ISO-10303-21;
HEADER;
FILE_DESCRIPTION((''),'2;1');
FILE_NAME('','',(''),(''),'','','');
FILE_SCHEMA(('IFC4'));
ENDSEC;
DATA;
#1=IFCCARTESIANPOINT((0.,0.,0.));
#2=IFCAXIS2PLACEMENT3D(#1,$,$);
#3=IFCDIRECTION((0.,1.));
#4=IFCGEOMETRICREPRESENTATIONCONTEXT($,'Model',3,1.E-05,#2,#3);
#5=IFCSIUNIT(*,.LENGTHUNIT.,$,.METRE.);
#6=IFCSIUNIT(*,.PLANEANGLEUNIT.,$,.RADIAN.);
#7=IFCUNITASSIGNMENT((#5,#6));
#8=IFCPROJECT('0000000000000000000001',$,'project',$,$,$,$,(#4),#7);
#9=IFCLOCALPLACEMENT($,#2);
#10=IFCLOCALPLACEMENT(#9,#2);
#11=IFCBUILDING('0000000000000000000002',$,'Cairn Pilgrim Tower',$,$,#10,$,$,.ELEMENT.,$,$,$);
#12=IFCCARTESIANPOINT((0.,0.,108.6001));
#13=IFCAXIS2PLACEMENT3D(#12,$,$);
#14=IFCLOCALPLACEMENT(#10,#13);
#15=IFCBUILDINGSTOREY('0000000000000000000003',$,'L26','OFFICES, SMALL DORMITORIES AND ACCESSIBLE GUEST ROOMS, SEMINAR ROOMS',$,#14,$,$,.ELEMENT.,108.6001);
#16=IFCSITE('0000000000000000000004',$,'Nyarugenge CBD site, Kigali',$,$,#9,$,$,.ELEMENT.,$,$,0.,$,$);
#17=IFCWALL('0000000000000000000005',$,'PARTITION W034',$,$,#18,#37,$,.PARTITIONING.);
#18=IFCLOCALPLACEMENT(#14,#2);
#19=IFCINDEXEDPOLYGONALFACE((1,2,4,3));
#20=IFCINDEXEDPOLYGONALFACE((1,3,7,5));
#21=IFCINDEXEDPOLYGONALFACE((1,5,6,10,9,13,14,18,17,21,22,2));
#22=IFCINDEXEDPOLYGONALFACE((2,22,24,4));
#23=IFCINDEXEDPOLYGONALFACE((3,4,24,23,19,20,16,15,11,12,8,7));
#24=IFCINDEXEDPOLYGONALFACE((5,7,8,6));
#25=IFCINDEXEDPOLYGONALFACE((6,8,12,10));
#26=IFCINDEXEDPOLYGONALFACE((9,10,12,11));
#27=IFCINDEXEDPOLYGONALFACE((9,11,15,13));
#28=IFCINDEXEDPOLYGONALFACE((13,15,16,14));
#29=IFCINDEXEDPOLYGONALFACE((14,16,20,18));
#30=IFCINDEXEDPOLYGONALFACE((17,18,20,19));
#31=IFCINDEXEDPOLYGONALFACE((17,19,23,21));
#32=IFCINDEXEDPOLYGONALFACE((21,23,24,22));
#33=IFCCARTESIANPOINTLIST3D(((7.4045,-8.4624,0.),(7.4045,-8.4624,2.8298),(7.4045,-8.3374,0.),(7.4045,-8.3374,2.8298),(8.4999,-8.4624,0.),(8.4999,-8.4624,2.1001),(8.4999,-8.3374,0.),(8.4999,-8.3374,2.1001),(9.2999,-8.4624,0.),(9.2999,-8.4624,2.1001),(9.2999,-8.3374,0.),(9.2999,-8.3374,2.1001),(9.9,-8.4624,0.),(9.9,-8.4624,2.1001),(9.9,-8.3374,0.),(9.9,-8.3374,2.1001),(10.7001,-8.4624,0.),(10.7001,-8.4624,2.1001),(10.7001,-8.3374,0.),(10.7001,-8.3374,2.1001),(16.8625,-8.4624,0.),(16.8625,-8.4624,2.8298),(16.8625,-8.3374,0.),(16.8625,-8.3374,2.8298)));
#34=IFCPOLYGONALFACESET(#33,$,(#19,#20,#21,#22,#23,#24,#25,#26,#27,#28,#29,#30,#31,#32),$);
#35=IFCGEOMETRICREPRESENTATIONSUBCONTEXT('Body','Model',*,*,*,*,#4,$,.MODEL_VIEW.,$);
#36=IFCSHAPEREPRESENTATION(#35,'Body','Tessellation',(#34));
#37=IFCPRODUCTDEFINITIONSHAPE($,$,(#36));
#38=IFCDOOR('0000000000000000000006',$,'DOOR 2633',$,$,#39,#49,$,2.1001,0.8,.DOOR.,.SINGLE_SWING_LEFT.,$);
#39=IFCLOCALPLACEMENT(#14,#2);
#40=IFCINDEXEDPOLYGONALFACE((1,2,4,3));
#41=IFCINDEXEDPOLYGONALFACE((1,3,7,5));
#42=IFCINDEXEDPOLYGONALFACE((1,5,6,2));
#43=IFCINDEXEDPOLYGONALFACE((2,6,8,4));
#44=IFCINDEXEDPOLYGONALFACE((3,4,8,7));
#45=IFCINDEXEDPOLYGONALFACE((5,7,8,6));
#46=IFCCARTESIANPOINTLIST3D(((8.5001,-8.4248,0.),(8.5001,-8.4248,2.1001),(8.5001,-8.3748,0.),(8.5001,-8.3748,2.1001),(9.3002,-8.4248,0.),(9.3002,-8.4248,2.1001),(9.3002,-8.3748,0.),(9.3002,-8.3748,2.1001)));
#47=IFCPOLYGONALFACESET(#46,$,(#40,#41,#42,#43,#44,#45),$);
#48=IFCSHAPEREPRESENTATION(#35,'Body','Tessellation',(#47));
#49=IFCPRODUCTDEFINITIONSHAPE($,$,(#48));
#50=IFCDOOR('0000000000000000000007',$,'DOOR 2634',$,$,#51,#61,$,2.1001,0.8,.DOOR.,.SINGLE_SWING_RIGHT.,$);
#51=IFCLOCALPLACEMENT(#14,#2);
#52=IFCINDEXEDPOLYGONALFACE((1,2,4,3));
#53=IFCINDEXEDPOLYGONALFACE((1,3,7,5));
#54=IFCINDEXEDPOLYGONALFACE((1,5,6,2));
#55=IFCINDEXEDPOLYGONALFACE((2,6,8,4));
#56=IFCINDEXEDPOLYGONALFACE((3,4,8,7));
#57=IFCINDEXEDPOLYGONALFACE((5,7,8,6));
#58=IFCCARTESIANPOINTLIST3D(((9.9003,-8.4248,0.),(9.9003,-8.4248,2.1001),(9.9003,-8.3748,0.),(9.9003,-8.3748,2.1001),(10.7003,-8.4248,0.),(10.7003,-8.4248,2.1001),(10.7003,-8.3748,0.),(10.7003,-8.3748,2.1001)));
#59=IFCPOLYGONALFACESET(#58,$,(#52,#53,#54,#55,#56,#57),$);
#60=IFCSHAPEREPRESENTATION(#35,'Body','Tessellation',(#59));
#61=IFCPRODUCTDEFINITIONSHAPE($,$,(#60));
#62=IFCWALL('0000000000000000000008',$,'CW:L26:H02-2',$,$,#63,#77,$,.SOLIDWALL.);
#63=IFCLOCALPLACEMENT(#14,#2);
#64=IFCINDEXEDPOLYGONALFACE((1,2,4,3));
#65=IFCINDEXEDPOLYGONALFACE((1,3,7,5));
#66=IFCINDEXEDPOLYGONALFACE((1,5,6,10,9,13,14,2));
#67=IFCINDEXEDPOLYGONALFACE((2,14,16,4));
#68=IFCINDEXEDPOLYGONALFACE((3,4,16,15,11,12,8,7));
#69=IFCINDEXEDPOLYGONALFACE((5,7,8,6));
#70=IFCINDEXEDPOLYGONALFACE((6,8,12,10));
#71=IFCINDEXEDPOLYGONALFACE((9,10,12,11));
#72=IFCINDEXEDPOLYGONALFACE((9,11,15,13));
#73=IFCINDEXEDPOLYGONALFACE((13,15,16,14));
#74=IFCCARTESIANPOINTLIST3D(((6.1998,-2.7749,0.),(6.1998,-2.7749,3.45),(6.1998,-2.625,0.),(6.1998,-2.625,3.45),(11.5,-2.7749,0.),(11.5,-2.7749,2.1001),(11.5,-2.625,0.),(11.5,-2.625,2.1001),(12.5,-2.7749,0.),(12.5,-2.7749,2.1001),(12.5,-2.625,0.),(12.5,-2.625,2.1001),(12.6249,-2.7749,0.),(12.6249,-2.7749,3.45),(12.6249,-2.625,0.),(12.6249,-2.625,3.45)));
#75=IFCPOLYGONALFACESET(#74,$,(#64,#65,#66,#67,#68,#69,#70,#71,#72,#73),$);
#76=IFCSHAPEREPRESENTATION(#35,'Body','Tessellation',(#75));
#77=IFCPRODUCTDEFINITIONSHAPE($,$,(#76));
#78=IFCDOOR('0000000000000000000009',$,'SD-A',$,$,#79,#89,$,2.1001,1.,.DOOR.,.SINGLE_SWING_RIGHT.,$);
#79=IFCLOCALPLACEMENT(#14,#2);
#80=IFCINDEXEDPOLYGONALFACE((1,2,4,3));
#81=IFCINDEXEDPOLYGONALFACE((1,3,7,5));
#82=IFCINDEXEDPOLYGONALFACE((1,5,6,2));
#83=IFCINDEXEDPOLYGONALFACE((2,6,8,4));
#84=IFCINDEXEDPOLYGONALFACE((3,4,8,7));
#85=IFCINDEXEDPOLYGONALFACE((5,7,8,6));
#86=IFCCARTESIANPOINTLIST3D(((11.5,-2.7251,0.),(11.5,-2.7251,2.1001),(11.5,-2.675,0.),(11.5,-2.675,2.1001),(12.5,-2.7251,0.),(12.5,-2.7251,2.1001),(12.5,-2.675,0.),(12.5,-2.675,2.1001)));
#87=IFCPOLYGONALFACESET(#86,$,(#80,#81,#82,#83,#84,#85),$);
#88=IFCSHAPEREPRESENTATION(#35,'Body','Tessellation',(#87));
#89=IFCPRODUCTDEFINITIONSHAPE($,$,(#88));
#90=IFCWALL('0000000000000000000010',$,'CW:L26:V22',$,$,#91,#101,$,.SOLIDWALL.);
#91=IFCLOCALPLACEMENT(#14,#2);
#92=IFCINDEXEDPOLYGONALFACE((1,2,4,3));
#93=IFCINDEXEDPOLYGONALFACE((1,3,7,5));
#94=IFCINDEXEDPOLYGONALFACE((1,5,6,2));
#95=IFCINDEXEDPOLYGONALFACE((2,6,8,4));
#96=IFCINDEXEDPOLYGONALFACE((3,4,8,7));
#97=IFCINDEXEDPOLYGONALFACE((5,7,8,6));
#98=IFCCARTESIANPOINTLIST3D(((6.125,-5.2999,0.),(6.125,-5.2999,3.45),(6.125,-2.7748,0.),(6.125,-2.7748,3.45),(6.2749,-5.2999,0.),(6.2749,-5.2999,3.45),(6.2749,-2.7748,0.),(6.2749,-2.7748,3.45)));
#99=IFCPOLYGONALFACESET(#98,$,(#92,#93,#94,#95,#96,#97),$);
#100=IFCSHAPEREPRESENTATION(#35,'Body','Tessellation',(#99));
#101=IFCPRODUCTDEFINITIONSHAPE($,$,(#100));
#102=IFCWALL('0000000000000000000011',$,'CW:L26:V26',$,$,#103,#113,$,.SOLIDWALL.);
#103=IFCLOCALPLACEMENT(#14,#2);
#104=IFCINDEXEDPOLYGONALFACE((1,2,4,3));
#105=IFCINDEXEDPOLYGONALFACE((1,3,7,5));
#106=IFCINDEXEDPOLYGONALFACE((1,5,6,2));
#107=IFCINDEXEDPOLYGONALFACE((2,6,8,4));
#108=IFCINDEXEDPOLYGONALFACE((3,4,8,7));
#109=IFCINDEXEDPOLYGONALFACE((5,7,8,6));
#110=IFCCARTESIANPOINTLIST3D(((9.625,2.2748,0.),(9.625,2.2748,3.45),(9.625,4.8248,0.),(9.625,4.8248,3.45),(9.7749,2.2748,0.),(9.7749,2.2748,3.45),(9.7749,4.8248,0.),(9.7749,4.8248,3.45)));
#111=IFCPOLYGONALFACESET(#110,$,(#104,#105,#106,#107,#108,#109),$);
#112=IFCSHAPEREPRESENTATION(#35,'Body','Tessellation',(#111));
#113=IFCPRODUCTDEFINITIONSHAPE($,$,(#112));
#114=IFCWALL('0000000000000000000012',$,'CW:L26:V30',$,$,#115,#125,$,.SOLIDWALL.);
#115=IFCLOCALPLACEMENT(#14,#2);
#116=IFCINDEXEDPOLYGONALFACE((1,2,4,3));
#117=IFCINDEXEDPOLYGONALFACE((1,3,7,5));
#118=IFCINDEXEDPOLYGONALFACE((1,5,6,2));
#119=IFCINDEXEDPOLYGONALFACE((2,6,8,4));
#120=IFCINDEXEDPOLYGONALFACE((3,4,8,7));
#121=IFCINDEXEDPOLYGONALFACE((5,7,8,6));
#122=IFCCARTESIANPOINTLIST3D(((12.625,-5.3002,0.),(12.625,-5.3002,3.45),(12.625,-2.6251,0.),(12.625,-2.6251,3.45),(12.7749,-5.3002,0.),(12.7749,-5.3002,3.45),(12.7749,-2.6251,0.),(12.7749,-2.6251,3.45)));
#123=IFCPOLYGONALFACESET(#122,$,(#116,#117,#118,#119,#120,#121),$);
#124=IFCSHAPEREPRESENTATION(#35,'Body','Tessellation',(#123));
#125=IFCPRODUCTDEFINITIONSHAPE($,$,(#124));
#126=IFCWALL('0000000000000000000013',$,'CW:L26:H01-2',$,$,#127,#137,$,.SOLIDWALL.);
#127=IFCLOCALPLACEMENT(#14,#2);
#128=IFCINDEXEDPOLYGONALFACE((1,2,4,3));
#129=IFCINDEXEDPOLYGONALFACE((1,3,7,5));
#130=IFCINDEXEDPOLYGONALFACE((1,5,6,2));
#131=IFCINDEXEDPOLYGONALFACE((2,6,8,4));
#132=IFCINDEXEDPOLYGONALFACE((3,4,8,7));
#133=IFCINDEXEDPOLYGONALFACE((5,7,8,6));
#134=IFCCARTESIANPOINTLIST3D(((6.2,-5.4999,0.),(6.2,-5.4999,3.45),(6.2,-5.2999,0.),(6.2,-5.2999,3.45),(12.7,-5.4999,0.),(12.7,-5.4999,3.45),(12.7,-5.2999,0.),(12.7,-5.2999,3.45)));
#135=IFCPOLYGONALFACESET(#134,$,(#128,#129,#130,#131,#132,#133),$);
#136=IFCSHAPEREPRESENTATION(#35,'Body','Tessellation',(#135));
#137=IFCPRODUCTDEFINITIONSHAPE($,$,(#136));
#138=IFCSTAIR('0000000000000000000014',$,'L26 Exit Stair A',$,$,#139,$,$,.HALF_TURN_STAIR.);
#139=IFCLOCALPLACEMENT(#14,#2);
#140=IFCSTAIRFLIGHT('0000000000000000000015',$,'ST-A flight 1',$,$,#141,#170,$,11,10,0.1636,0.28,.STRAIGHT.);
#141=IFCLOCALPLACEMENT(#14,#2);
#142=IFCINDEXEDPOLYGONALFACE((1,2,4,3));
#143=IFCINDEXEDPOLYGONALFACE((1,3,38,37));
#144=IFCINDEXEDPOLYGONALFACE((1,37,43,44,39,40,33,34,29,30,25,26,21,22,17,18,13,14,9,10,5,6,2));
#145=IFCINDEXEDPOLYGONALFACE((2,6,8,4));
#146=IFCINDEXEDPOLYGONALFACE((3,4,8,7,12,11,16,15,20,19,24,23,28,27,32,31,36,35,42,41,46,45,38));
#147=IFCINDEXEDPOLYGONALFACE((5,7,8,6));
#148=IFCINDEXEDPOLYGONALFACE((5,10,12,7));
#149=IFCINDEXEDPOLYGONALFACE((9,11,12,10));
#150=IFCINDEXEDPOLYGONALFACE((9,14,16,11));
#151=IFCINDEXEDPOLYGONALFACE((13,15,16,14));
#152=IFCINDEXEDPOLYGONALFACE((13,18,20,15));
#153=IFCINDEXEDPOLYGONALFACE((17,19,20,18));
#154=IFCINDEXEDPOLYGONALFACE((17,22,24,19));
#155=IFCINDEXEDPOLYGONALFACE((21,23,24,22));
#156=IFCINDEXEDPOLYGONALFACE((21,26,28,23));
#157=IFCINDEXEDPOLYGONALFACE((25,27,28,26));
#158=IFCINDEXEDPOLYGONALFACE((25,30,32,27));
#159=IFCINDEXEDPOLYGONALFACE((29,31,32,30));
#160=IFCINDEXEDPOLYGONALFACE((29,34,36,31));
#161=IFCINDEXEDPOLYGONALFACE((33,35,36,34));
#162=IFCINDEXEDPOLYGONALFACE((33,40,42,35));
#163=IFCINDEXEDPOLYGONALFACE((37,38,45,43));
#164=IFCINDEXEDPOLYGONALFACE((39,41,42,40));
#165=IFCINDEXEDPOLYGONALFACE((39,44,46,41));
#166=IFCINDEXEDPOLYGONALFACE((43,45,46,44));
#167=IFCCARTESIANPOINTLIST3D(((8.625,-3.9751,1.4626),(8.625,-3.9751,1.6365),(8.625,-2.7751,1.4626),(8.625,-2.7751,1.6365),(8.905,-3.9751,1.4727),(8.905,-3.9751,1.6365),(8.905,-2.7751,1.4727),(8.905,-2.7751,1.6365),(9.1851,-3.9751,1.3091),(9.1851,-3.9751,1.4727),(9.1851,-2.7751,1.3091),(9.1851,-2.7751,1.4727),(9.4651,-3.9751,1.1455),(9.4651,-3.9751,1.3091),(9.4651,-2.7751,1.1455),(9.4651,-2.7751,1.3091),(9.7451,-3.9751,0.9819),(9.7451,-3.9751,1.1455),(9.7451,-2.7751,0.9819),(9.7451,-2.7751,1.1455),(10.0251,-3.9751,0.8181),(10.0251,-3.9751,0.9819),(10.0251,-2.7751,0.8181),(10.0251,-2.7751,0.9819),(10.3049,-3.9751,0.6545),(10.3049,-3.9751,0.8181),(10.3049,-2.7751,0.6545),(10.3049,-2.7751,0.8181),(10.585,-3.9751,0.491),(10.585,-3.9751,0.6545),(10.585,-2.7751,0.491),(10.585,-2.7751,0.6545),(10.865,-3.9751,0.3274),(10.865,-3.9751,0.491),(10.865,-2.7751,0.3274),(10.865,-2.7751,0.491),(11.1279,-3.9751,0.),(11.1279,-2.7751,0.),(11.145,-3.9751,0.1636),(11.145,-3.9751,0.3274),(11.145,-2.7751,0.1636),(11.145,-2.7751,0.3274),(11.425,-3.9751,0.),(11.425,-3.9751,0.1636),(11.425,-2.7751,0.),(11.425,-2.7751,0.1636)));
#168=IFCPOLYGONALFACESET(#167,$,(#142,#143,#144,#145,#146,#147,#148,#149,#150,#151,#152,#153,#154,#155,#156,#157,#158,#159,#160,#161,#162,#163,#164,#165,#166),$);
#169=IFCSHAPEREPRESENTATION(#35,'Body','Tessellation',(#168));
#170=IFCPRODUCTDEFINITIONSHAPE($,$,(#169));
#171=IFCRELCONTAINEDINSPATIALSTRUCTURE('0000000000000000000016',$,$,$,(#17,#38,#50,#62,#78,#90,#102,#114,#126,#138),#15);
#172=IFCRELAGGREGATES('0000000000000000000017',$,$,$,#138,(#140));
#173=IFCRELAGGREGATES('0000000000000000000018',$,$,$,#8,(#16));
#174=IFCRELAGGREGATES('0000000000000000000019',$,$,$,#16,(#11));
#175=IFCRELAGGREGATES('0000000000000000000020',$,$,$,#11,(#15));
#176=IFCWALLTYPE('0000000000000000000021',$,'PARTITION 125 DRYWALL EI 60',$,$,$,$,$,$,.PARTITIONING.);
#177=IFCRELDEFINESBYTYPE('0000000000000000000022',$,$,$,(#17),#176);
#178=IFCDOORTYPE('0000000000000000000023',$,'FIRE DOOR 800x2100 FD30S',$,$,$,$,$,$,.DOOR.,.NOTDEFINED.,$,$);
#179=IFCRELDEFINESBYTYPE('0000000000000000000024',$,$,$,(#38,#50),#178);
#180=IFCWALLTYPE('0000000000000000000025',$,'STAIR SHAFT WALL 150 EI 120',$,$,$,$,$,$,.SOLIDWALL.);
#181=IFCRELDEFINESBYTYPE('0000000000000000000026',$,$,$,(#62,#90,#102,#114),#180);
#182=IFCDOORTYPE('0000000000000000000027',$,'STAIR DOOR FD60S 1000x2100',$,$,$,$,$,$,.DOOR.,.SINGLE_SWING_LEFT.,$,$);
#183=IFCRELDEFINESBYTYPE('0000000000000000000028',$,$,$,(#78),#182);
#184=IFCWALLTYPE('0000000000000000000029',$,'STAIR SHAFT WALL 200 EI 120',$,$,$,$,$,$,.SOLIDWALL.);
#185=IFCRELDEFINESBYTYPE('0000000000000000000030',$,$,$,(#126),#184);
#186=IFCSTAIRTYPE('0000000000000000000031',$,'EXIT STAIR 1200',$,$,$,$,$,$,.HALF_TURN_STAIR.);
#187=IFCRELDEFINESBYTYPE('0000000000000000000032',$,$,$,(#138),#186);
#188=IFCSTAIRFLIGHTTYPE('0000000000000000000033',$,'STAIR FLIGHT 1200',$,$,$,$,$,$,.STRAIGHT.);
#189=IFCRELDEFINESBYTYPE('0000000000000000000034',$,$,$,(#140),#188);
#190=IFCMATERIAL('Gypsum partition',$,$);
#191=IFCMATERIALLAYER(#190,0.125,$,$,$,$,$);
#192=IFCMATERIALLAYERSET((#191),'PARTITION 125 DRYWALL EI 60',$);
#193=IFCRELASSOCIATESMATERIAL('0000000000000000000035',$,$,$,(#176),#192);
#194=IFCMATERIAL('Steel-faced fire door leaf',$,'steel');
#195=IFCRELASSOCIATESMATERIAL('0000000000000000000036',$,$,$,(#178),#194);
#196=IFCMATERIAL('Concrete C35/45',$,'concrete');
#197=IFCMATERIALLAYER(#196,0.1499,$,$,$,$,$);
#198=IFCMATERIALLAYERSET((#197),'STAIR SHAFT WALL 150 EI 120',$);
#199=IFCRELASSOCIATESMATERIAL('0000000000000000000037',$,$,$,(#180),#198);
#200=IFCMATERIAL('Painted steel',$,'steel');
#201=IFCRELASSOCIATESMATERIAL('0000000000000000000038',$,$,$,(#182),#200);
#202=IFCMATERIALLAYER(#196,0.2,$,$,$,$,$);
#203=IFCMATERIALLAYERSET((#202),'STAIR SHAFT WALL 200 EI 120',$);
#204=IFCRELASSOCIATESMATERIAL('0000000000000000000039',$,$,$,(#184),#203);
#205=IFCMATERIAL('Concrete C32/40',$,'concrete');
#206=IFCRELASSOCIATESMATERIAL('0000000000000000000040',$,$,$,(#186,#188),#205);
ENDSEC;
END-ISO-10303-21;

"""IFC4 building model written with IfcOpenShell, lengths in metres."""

from ifc_helpers import new_model, si_unit, direction, frame, frame_2d, origin, place, context, subcontext, project, spatial, polyline, rectangle, outline, extrude, material, layer, layer_set, type_object, element, fill, aggregate, save


model = new_model("IFC4")

# Units and contexts
model_context = context("Model", 3, precision=1e-05, world=origin(), true_north=direction((0.0, 1.0)))
body_context = subcontext(model_context, "Body", "Model", "MODEL_VIEW")
ifc_project = project(units=[si_unit("LENGTHUNIT", "METRE"), si_unit("PLANEANGLEUNIT", "RADIAN")], contexts=[model_context])

# Site, building, storey
site_placement = place(None, origin())
site = spatial("IfcSite", under=ifc_project, at=site_placement, Name="Nyarugenge CBD site, Kigali", CompositionType="ELEMENT", RefElevation=0.0)
building_placement = place(site_placement, origin())
building = spatial("IfcBuilding", under=site, at=building_placement, Name="Cairn Pilgrim Tower", CompositionType="ELEMENT")
storey_placement = place(building_placement, frame((0.0, 0.0, 108.6001)))
storey = spatial("IfcBuildingStorey", under=building, at=storey_placement, Name="L26", Description="OFFICES, SMALL DORMITORIES AND ACCESSIBLE GUEST ROOMS, SEMINAR ROOMS", CompositionType="ELEMENT", Elevation=108.6001)

# Shared definitions
ifc_material_1 = material(Name="Concrete C32/40", Category="concrete")

# Shared definitions
ifc_material_2 = material(Name="Painted steel", Category="steel")

# Wall, openings, doors
ifc_material_3 = material(Name="Gypsum partition")
ifc_layer_1 = layer(ifc_material_3, 0.125)
ifc_layer_set_1 = layer_set([ifc_layer_1], Name="PARTITION 125 DRYWALL EI 60")
wall_type_1 = type_object("IfcWallType", Name="PARTITION 125 DRYWALL EI 60", PredefinedType="PARTITIONING", material=ifc_layer_set_1)
wall_1_placement = place(storey_placement, frame((7.4045, -8.3999, 0.0), z_axis=(0.0, 0.0, 1.0), x_axis=(1.0, 0.0, 0.0)))
wall_1 = element("IfcWall", 1, at=wall_1_placement, inside=storey, type_object=wall_type_1, Name="PARTITION W034", PredefinedType="PARTITIONING", context=body_context, shape_type="SweptSolid", body=[
    extrude(rectangle(XDim=9.458, YDim=0.125, at=frame_2d((4.729, 0.0))), origin(), (0.0, 0.0, 1.0), 2.8298),
])
opening_1_placement = place(wall_1_placement, frame((1.0955, 0.0, 0.0)))
opening_1 = element("IfcOpeningElement", 2, at=opening_1_placement, cuts=wall_1, PredefinedType="OPENING", context=body_context, shape_type="SweptSolid", body=[
    extrude(rectangle(XDim=0.8, YDim=2.1001, at=frame_2d((0.3999, 1.05))), frame((0.0, 0.0725, 0.0), z_axis=(0.0, -1.0, 0.0), x_axis=(1.0, 0.0, 0.0)), (0.0, 0.0, 1.0), 0.145),
])
opening_2_placement = place(wall_1_placement, frame((2.4956, 0.0, 0.0)))
opening_2 = element("IfcOpeningElement", 3, at=opening_2_placement, cuts=wall_1, PredefinedType="OPENING", context=body_context, shape_type="SweptSolid", body=[
    extrude(rectangle(XDim=0.8, YDim=2.1001, at=frame_2d((0.3999, 1.05))), frame((0.0, 0.0725, 0.0), z_axis=(0.0, -1.0, 0.0), x_axis=(1.0, 0.0, 0.0)), (0.0, 0.0, 1.0), 0.145),
])
ifc_material_4 = material(Name="Steel-faced fire door leaf", Category="steel")
door_type_1 = type_object("IfcDoorType", Name="FIRE DOOR 800x2100 FD30S", OperationType="NOTDEFINED", PredefinedType="DOOR", material=ifc_material_4)
door_1_placement = place(opening_1_placement, frame((0.8, 0.0, 0.0), z_axis=(0.0, 0.0, 1.0), x_axis=(-1.0, 0.0, 0.0)))
door_1 = element("IfcDoor", 4, at=door_1_placement, inside=storey, type_object=door_type_1, Name="DOOR 2633", OperationType="SINGLE_SWING_LEFT", OverallHeight=2.1001, OverallWidth=0.8, PredefinedType="DOOR", context=body_context, shape_type="SweptSolid", body=[
    extrude(rectangle(XDim=0.8, YDim=2.1001, at=frame_2d((0.3999, 1.05))), frame((0.0, 0.0249, 0.0), z_axis=(0.0, -1.0, 0.0), x_axis=(1.0, 0.0, 0.0)), (0.0, 0.0, 1.0), 0.05),
])
fill(opening_1, door_1)
door_2_placement = place(opening_2_placement, frame((0.8, 0.0, 0.0), z_axis=(0.0, 0.0, 1.0), x_axis=(-1.0, 0.0, 0.0)))
door_2 = element("IfcDoor", 5, at=door_2_placement, inside=storey, type_object=door_type_1, Name="DOOR 2634", OperationType="SINGLE_SWING_RIGHT", OverallHeight=2.1001, OverallWidth=0.8, PredefinedType="DOOR", context=body_context, shape_type="SweptSolid", body=[
    extrude(rectangle(XDim=0.8, YDim=2.1001, at=frame_2d((0.3999, 1.05))), frame((0.0, 0.0249, 0.0), z_axis=(0.0, -1.0, 0.0), x_axis=(1.0, 0.0, 0.0)), (0.0, 0.0, 1.0), 0.05),
])
fill(opening_2, door_2)

# Wall, opening, door
ifc_material_5 = material(Name="Concrete C35/45", Category="concrete")
ifc_layer_2 = layer(ifc_material_5, 0.1499)
ifc_layer_set_2 = layer_set([ifc_layer_2], Name="STAIR SHAFT WALL 150 EI 120")
wall_type_2 = type_object("IfcWallType", Name="STAIR SHAFT WALL 150 EI 120", PredefinedType="SOLIDWALL", material=ifc_layer_set_2)
wall_2_placement = place(storey_placement, frame((6.2, -2.7, 0.0), z_axis=(0.0, 0.0, 1.0), x_axis=(1.0, 0.0, 0.0)))
wall_2 = element("IfcWall", 6, at=wall_2_placement, inside=storey, type_object=wall_type_2, Name="CW:L26:H02-2", PredefinedType="SOLIDWALL", context=body_context, shape_type="SweptSolid", body=[
    extrude(rectangle(XDim=6.425, YDim=0.1499, at=frame_2d((3.2124, 0.0))), origin(), (0.0, 0.0, 1.0), 3.45),
])
opening_3_placement = place(wall_2_placement, frame((5.3, 0.0, 0.0)))
opening_3 = element("IfcOpeningElement", 7, at=opening_3_placement, cuts=wall_2, PredefinedType="OPENING", context=body_context, shape_type="SweptSolid", body=[
    extrude(rectangle(XDim=1.0, YDim=2.1001, at=frame_2d((0.5, 1.05))), frame((0.0, 0.085, 0.0), z_axis=(0.0, -1.0, 0.0), x_axis=(1.0, 0.0, 0.0)), (0.0, 0.0, 1.0), 0.1699),
])
door_type_2 = type_object("IfcDoorType", Name="STAIR DOOR FD60S 1000x2100", OperationType="SINGLE_SWING_LEFT", PredefinedType="DOOR", material=ifc_material_2)
door_3_placement = place(opening_3_placement, origin())
door_3 = element("IfcDoor", 8, at=door_3_placement, inside=storey, type_object=door_type_2, Name="SD-A", OperationType="SINGLE_SWING_RIGHT", OverallHeight=2.1001, OverallWidth=1.0, PredefinedType="DOOR", context=body_context, shape_type="SweptSolid", body=[
    extrude(rectangle(XDim=1.0, YDim=2.1001, at=frame_2d((0.5, 1.05))), frame((0.0, 0.0249, 0.0), z_axis=(0.0, -1.0, 0.0), x_axis=(1.0, 0.0, 0.0)), (0.0, 0.0, 1.0), 0.05),
])
fill(opening_3, door_3)

# Walls
wall_3_placement = place(storey_placement, frame((6.2, -5.3, 0.0), z_axis=(0.0, 0.0, 1.0), x_axis=(0.0, 1.0, 0.0)))
element("IfcWall", 9, at=wall_3_placement, inside=storey, type_object=wall_type_2, Name="CW:L26:V22", PredefinedType="SOLIDWALL", context=body_context, shape_type="SweptSolid", body=[
    extrude(rectangle(XDim=2.5251, YDim=0.1499, at=frame_2d((1.2627, 0.0))), origin(), (0.0, 0.0, 1.0), 3.45),
])
wall_4_placement = place(storey_placement, frame((9.7, 2.2749, 0.0), z_axis=(0.0, 0.0, 1.0), x_axis=(0.0, 1.0, 0.0)))
element("IfcWall", 10, at=wall_4_placement, inside=storey, type_object=wall_type_2, Name="CW:L26:V26", PredefinedType="SOLIDWALL", context=body_context, shape_type="SweptSolid", body=[
    extrude(rectangle(XDim=2.55, YDim=0.1499, at=frame_2d((1.2749, 0.0))), origin(), (0.0, 0.0, 1.0), 3.45),
])
wall_5_placement = place(storey_placement, frame((12.7, -5.3, 0.0), z_axis=(0.0, 0.0, 1.0), x_axis=(0.0, 1.0, 0.0)))
element("IfcWall", 11, at=wall_5_placement, inside=storey, type_object=wall_type_2, Name="CW:L26:V30", PredefinedType="SOLIDWALL", context=body_context, shape_type="SweptSolid", body=[
    extrude(rectangle(XDim=2.675, YDim=0.1499, at=frame_2d((1.3374, 0.0))), origin(), (0.0, 0.0, 1.0), 3.45),
])
ifc_layer_3 = layer(ifc_material_5, 0.2)
ifc_layer_set_3 = layer_set([ifc_layer_3], Name="STAIR SHAFT WALL 200 EI 120")
wall_type_3 = type_object("IfcWallType", Name="STAIR SHAFT WALL 200 EI 120", PredefinedType="SOLIDWALL", material=ifc_layer_set_3)
wall_6_placement = place(storey_placement, frame((6.2, -5.3999, 0.0), z_axis=(0.0, 0.0, 1.0), x_axis=(1.0, 0.0, 0.0)))
element("IfcWall", 12, at=wall_6_placement, inside=storey, type_object=wall_type_3, Name="CW:L26:H01-2", PredefinedType="SOLIDWALL", context=body_context, shape_type="SweptSolid", body=[
    extrude(rectangle(XDim=6.5, YDim=0.2, at=frame_2d((3.25, 0.0))), origin(), (0.0, 0.0, 1.0), 3.45),
])

# Stair, stair flight
stair_type = type_object("IfcStairType", Name="EXIT STAIR 1200", PredefinedType="HALF_TURN_STAIR", material=ifc_material_1)
stair_placement = place(storey_placement, origin())
stair = element("IfcStair", 13, at=stair_placement, inside=storey, type_object=stair_type, Name="L26 Exit Stair A", PredefinedType="HALF_TURN_STAIR")
stair_flight_type = type_object("IfcStairFlightType", Name="STAIR FLIGHT 1200", PredefinedType="STRAIGHT", material=ifc_material_1)
stair_flight_1_placement = place(storey_placement, frame((11.425, -3.375, 0.0), z_axis=(0.0, 0.0, 1.0), x_axis=(-1.0, 0.0, 0.0)))
stair_flight_1 = element("IfcStairFlight", 14, at=stair_flight_1_placement, type_object=stair_flight_type, Name="ST-A flight 1", NumberOfRisers=11, NumberOfTreads=10, PredefinedType="STRAIGHT", RiserHeight=0.1636, TreadLength=0.28, context=body_context, shape_type="SweptSolid", body=[
    extrude(outline(polyline([(0.0, 0.0), (0.0, 0.1636), (0.28, 0.1636), (0.28, 0.3274), (0.5601, 0.3274), (0.5601, 0.491), (0.8401, 0.491), (0.8401, 0.6545), (1.1201, 0.6545), (1.1201, 0.8181), (1.3999, 0.8181), (1.3999, 0.9819), (1.6799, 0.9819), (1.6799, 1.1455), (1.96, 1.1455), (1.96, 1.3091), (2.24, 1.3091), (2.24, 1.4727), (2.52, 1.4727), (2.52, 1.6365), (2.8, 1.6365), (2.8, 1.8), (2.8, 1.4626), (0.2971, 0.0), (0.0, 0.0)])), frame((0.0, 0.6001, 0.0), z_axis=(0.0, -1.0, 0.0), x_axis=(1.0, 0.0, 0.0)), (0.0, 0.0, 1.0), 1.2),
])
aggregate(stair, [stair_flight_1])

save(model, "model.ifc")
